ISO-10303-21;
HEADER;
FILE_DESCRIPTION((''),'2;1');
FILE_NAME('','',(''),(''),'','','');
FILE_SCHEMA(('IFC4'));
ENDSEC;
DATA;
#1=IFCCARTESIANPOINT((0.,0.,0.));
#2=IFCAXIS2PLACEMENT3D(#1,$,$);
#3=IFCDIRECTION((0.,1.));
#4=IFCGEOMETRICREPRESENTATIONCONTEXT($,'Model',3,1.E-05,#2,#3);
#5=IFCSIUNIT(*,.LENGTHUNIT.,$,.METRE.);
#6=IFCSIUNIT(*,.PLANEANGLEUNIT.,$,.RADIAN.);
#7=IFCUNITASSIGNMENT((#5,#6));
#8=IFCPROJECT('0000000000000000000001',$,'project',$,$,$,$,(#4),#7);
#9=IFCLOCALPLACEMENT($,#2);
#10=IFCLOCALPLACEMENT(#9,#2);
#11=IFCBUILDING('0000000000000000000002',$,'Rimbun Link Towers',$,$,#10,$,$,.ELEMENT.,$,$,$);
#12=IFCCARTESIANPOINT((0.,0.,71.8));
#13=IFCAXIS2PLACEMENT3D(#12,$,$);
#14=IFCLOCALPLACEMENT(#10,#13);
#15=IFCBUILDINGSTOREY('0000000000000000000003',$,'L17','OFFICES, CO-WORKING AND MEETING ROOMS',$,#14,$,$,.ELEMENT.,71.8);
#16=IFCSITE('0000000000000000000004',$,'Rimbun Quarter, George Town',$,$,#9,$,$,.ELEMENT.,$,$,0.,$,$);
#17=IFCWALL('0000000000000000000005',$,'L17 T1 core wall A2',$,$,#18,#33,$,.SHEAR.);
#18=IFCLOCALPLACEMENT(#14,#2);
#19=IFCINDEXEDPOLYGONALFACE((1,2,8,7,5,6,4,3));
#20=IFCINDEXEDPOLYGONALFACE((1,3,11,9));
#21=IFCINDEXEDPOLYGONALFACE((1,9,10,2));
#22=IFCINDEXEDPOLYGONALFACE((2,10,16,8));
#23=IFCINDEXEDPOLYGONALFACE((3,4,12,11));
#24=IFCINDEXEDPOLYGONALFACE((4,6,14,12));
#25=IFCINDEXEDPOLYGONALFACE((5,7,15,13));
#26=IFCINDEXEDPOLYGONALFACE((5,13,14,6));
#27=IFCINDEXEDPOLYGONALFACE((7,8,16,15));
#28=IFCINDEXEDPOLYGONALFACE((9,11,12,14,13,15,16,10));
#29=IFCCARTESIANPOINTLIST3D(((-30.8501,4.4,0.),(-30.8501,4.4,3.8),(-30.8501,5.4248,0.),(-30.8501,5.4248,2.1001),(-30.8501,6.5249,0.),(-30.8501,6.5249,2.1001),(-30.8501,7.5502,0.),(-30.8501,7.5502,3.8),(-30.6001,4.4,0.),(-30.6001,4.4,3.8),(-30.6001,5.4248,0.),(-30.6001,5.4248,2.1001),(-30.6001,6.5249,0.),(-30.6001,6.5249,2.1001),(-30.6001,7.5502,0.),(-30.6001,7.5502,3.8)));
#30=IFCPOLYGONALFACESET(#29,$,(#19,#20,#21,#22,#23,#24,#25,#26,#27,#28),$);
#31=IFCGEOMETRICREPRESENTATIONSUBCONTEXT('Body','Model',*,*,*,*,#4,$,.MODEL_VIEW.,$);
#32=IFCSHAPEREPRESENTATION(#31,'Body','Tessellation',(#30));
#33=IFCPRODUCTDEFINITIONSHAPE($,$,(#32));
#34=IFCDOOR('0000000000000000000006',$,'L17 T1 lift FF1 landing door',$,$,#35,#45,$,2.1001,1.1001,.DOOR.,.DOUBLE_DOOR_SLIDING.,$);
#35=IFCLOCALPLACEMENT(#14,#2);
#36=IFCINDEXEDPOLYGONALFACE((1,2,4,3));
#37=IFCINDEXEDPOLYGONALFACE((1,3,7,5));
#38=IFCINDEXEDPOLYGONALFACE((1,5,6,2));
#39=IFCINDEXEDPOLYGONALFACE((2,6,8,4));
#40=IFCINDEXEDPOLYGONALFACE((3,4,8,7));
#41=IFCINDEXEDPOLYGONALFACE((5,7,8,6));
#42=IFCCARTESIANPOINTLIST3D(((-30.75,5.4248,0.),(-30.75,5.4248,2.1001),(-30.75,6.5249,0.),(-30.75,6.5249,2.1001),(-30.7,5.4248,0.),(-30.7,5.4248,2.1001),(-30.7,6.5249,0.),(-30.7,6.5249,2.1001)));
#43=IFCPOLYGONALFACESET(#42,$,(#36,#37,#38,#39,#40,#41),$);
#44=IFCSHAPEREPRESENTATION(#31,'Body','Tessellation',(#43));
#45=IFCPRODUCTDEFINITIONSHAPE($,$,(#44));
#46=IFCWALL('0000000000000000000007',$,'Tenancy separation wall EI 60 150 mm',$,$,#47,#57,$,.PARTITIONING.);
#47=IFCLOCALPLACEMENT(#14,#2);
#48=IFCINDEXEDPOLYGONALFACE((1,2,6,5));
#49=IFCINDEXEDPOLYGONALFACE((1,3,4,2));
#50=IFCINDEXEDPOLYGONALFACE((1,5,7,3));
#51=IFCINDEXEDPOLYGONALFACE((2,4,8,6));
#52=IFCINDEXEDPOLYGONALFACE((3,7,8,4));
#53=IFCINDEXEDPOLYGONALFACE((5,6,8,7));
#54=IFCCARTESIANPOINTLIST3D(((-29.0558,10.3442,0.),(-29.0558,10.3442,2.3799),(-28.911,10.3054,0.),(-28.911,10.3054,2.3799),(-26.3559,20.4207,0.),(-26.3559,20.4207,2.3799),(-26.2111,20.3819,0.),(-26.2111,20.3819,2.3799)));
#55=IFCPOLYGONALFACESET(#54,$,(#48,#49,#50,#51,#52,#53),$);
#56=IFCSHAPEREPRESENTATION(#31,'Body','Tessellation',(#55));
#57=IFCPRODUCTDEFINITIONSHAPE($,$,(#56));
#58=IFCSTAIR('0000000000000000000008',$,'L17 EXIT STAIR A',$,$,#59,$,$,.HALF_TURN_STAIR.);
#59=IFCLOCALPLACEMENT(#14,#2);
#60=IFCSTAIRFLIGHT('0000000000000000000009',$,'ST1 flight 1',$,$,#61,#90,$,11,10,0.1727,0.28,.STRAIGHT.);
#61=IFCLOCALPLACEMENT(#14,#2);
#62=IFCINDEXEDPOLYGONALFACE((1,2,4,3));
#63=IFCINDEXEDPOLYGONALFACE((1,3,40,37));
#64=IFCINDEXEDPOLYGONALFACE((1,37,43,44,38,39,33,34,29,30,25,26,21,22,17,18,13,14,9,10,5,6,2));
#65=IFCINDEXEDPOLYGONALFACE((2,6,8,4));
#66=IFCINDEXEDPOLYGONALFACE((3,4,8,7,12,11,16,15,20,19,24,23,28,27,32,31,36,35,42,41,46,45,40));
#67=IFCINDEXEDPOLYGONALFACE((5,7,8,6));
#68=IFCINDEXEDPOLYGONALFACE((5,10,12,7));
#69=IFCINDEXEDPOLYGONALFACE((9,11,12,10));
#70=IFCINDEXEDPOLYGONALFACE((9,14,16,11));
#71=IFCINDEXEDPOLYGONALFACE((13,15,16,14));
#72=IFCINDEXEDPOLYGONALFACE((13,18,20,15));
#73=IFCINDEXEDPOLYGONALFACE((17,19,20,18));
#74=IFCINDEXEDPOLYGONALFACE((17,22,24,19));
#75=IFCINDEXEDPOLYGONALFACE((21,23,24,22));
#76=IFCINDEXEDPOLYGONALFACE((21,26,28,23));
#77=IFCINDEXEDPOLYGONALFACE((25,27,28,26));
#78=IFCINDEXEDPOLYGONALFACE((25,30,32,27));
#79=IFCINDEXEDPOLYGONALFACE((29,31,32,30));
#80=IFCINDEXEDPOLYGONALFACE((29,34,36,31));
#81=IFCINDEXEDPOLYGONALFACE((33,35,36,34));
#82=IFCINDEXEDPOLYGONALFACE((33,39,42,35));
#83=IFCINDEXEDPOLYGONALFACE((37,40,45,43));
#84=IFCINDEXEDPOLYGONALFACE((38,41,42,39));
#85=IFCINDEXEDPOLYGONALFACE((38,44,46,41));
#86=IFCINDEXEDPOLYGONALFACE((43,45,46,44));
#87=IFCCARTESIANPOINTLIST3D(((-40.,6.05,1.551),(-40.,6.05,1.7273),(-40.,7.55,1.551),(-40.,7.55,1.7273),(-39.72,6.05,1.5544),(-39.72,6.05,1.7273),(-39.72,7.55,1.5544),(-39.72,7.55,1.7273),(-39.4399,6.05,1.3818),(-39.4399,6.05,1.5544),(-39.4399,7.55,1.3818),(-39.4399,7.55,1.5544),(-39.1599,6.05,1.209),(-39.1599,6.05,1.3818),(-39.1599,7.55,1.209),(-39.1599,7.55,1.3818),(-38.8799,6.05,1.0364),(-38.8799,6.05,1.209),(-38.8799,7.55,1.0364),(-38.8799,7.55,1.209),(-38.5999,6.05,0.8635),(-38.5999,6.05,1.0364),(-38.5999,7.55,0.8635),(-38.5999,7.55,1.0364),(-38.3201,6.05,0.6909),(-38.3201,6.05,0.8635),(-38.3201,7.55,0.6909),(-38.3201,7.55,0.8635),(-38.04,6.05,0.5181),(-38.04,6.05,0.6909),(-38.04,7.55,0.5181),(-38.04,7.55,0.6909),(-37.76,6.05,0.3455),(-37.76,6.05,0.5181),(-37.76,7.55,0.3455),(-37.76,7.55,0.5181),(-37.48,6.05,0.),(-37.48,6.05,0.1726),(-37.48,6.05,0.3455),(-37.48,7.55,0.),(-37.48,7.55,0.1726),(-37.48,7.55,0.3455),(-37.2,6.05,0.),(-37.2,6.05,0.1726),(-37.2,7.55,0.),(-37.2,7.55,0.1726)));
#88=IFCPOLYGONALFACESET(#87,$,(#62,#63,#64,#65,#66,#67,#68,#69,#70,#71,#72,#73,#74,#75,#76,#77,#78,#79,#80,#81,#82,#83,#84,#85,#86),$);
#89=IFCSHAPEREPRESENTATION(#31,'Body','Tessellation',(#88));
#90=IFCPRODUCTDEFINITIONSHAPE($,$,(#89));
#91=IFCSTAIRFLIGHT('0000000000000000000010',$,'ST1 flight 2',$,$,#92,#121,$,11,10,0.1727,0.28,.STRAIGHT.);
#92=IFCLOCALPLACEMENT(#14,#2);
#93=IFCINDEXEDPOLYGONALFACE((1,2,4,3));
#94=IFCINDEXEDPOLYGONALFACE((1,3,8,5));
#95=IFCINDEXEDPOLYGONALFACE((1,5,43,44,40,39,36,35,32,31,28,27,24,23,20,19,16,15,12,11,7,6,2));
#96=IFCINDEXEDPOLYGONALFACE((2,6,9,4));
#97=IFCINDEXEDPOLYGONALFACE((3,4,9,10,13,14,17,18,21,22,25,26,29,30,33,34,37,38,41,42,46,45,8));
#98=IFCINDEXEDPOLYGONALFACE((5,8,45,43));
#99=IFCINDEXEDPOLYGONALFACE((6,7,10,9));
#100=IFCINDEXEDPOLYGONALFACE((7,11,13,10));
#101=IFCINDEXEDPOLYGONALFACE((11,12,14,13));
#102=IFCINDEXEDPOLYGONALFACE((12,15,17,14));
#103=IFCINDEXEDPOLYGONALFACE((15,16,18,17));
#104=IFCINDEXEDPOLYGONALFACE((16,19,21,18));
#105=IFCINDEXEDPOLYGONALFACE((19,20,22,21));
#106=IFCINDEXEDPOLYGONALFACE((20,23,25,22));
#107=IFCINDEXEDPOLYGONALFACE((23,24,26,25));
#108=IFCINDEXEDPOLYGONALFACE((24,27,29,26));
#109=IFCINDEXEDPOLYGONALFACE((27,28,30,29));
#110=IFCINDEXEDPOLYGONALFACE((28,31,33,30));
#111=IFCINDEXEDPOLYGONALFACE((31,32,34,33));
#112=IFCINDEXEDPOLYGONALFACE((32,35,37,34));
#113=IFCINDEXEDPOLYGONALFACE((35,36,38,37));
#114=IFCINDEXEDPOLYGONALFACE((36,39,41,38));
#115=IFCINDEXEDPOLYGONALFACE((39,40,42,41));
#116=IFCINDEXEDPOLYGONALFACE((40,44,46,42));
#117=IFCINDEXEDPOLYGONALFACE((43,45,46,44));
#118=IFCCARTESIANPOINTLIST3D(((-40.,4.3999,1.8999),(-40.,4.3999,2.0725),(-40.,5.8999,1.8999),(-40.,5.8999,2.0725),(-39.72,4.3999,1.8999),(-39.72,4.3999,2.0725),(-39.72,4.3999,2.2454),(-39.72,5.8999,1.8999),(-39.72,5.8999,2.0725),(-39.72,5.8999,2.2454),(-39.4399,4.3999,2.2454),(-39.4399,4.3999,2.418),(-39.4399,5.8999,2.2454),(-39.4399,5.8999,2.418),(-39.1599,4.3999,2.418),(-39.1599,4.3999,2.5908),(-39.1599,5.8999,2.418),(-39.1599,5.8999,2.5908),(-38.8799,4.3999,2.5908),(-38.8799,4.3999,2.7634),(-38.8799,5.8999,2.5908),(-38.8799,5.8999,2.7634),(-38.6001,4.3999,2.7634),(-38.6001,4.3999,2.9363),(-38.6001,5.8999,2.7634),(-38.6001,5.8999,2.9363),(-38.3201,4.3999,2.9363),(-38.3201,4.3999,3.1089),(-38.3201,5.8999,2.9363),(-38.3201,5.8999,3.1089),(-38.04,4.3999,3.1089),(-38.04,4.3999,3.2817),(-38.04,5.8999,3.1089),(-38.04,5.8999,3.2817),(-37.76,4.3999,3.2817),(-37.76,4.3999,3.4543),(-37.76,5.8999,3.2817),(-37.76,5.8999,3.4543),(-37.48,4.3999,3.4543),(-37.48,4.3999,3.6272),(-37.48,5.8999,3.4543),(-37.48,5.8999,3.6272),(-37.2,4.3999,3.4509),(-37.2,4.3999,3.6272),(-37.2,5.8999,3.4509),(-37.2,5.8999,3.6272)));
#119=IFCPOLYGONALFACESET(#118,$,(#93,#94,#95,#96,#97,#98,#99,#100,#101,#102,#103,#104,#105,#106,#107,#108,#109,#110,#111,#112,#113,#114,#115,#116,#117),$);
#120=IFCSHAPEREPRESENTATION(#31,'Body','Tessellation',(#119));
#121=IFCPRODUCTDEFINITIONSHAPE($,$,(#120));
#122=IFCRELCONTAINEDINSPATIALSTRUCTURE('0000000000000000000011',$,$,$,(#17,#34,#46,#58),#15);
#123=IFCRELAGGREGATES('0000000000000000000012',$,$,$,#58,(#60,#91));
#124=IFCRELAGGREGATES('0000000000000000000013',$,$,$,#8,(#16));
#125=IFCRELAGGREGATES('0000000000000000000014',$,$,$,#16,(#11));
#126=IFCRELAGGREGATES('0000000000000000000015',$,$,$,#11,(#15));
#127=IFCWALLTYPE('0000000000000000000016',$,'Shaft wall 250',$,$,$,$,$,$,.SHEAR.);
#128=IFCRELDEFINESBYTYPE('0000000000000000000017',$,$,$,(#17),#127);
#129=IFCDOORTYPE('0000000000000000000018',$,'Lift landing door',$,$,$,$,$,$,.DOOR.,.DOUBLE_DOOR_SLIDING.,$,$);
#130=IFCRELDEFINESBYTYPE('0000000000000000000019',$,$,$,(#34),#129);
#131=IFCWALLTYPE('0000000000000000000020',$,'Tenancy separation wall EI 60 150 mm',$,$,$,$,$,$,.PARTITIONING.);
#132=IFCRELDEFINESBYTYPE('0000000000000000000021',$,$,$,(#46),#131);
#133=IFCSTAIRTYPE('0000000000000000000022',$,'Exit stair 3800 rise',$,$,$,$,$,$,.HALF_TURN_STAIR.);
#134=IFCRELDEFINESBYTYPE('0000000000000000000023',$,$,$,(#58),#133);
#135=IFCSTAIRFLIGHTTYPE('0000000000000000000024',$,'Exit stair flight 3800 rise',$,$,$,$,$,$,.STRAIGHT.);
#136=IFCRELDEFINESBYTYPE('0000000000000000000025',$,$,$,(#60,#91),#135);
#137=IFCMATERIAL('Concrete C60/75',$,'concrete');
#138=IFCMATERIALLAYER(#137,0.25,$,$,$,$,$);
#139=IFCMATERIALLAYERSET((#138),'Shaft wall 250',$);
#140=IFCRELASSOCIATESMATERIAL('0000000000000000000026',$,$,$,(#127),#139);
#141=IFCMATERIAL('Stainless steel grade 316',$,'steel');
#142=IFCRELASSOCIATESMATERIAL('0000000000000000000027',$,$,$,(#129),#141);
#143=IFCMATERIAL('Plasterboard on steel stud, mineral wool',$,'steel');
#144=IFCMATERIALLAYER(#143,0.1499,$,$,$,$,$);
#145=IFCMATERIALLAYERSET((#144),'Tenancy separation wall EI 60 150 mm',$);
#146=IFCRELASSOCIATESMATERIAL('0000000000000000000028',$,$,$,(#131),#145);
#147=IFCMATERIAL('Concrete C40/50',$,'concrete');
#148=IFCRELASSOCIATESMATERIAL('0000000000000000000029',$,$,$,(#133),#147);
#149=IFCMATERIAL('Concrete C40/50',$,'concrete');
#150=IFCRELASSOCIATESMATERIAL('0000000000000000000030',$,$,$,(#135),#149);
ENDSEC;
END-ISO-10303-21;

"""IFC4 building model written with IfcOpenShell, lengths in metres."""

from ifc_helpers import new_model, si_unit, direction, frame, frame_2d, origin, place, context, subcontext, project, spatial, polyline, rectangle, outline, extrude, material, layer, layer_set, type_object, element, fill, aggregate, save


model = new_model("IFC4")

# Units and contexts
model_context = context("Model", 3, precision=1e-05, world=origin(), true_north=direction((0.0, 1.0)))
body_context = subcontext(model_context, "Body", "Model", "MODEL_VIEW")
ifc_project = project(units=[si_unit("LENGTHUNIT", "METRE"), si_unit("PLANEANGLEUNIT", "RADIAN")], contexts=[model_context])

# Site, building, storey
site_placement = place(None, origin())
site = spatial("IfcSite", under=ifc_project, at=site_placement, Name="Rimbun Quarter, George Town", CompositionType="ELEMENT", RefElevation=0.0)
building_placement = place(site_placement, origin())
building = spatial("IfcBuilding", under=site, at=building_placement, Name="Rimbun Link Towers", CompositionType="ELEMENT")
storey_placement = place(building_placement, frame((0.0, 0.0, 71.8)))
storey = spatial("IfcBuildingStorey", under=building, at=storey_placement, Name="L17", Description="OFFICES, CO-WORKING AND MEETING ROOMS", CompositionType="ELEMENT", Elevation=71.8)

# Wall, opening, door
ifc_material_1 = material(Name="Concrete C60/75", Category="concrete")
ifc_layer_1 = layer(ifc_material_1, 0.25)
ifc_layer_set_1 = layer_set([ifc_layer_1], Name="Shaft wall 250")
wall_type_1 = type_object("IfcWallType", Name="Shaft wall 250", PredefinedType="SHEAR", material=ifc_layer_set_1)
wall_1_placement = place(storey_placement, frame((-30.7251, 4.3999, 0.0), z_axis=(0.0, 0.0, 1.0), x_axis=(0.0, 1.0, 0.0)))
wall_1 = element("IfcWall", 1, at=wall_1_placement, inside=storey, type_object=wall_type_1, Name="L17 T1 core wall A2", PredefinedType="SHEAR", context=body_context, shape_type="SweptSolid", body=[
    extrude(rectangle(XDim=3.1501, YDim=0.25, at=frame_2d((1.5752, 0.0))), origin(), (0.0, 0.0, 1.0), 3.8),
])
opening_1_placement = place(wall_1_placement, frame((1.0249, 0.0, 0.0)))
opening_1 = element("IfcOpeningElement", 2, at=opening_1_placement, cuts=wall_1, PredefinedType="OPENING", context=body_context, shape_type="SweptSolid", body=[
    extrude(rectangle(XDim=1.1001, YDim=2.1001, at=frame_2d((0.55, 1.05))), frame((0.0, 0.135, 0.0), z_axis=(0.0, -1.0, 0.0), x_axis=(1.0, 0.0, 0.0)), (0.0, 0.0, 1.0), 0.27),
])
ifc_material_2 = material(Name="Stainless steel grade 316", Category="steel")
door_type_1 = type_object("IfcDoorType", Name="Lift landing door", OperationType="DOUBLE_DOOR_SLIDING", PredefinedType="DOOR", material=ifc_material_2)
door_1_placement = place(opening_1_placement, origin())
door_1 = element("IfcDoor", 3, at=door_1_placement, inside=storey, type_object=door_type_1, Name="L17 T1 lift FF1 landing door", OperationType="DOUBLE_DOOR_SLIDING", OverallHeight=2.1001, OverallWidth=1.1001, PredefinedType="DOOR", context=body_context, shape_type="SweptSolid", body=[
    extrude(rectangle(XDim=1.1001, YDim=2.1001, at=frame_2d((0.55, 1.05))), frame((0.0, 0.0249, 0.0), z_axis=(0.0, -1.0, 0.0), x_axis=(1.0, 0.0, 0.0)), (0.0, 0.0, 1.0), 0.05),
])
fill(opening_1, door_1)

# Wall
ifc_material_3 = material(Name="Plasterboard on steel stud, mineral wool", Category="steel")
ifc_layer_2 = layer(ifc_material_3, 0.1499)
ifc_layer_set_2 = layer_set([ifc_layer_2], Name="Tenancy separation wall EI 60 150 mm")
wall_type_2 = type_object("IfcWallType", Name="Tenancy separation wall EI 60 150 mm", PredefinedType="PARTITIONING", material=ifc_layer_set_2)
wall_2_placement = place(storey_placement, frame((-28.9834, 10.325, 0.0), z_axis=(0.0, 0.0, 1.0), x_axis=(0.258818, 0.965926, 0.0)))
element("IfcWall", 4, at=wall_2_placement, inside=storey, type_object=wall_type_2, Name="Tenancy separation wall EI 60 150 mm", PredefinedType="PARTITIONING", context=body_context, shape_type="SweptSolid", body=[
    extrude(rectangle(XDim=10.4319, YDim=0.1499, at=frame_2d((5.2158, 0.0))), origin(), (0.0, 0.0, 1.0), 2.3799),
])

# Stair, stair flights
ifc_material_4 = material(Name="Concrete C40/50", Category="concrete")
stair_type = type_object("IfcStairType", Name="Exit stair 3800 rise", PredefinedType="HALF_TURN_STAIR", material=ifc_material_4)
stair_placement = place(storey_placement, origin())
stair = element("IfcStair", 5, at=stair_placement, inside=storey, type_object=stair_type, Name="L17 EXIT STAIR A", PredefinedType="HALF_TURN_STAIR")
ifc_material_5 = material(Name="Concrete C40/50", Category="concrete")
stair_flight_type = type_object("IfcStairFlightType", Name="Exit stair flight 3800 rise", PredefinedType="STRAIGHT", material=ifc_material_5)
stair_flight_1_placement = place(storey_placement, frame((-37.2, 6.8, 0.0), z_axis=(0.0, 0.0, 1.0), x_axis=(-1.0, 0.0, 0.0)))
stair_flight_1 = element("IfcStairFlight", 6, at=stair_flight_1_placement, type_object=stair_flight_type, Name="ST1 flight 1", NumberOfRisers=11, NumberOfTreads=10, PredefinedType="STRAIGHT", RiserHeight=0.1727, TreadLength=0.28, context=body_context, shape_type="SweptSolid", body=[
    extrude(outline(polyline([(0.0, 0.0), (0.0, 0.1726), (0.28, 0.1726), (0.28, 0.3455), (0.5601, 0.3455), (0.5601, 0.5181), (0.8401, 0.5181), (0.8401, 0.6909), (1.1201, 0.6909), (1.1201, 0.8635), (1.3999, 0.8635), (1.3999, 1.0364), (1.6799, 1.0364), (1.6799, 1.209), (1.96, 1.209), (1.96, 1.3818), (2.24, 1.3818), (2.24, 1.5544), (2.52, 1.5544), (2.52, 1.7273), (2.8, 1.7273), (2.8, 1.8999), (2.8, 1.551), (0.28, 0.0), (0.0, 0.0)])), frame((0.0, 0.75, 0.0), z_axis=(0.0, -1.0, 0.0), x_axis=(1.0, 0.0, 0.0)), (0.0, 0.0, 1.0), 1.5),
])
stair_flight_2_placement = place(storey_placement, frame((-40.0, 5.1499, 1.8999), z_axis=(0.0, 0.0, 1.0), x_axis=(1.0, 0.0, 0.0)))
stair_flight_2 = element("IfcStairFlight", 7, at=stair_flight_2_placement, type_object=stair_flight_type, Name="ST1 flight 2", NumberOfRisers=11, NumberOfTreads=10, PredefinedType="STRAIGHT", RiserHeight=0.1727, TreadLength=0.28, context=body_context, shape_type="SweptSolid", body=[
    extrude(outline(polyline([(0.0, 0.0), (0.0, 0.1726), (0.28, 0.1726), (0.28, 0.3455), (0.5601, 0.3455), (0.5601, 0.5181), (0.8401, 0.5181), (0.8401, 0.6909), (1.1201, 0.6909), (1.1201, 0.8635), (1.3999, 0.8635), (1.3999, 1.0364), (1.6799, 1.0364), (1.6799, 1.209), (1.96, 1.209), (1.96, 1.3818), (2.24, 1.3818), (2.24, 1.5544), (2.52, 1.5544), (2.52, 1.7273), (2.8, 1.7273), (2.8, 1.8999), (2.8, 1.551), (0.28, 0.0), (0.0, 0.0)])), frame((0.0, 0.75, 0.0), z_axis=(0.0, -1.0, 0.0), x_axis=(1.0, 0.0, 0.0)), (0.0, 0.0, 1.0), 1.5),
])
aggregate(stair, [stair_flight_1, stair_flight_2])

save(model, "model.ifc")
